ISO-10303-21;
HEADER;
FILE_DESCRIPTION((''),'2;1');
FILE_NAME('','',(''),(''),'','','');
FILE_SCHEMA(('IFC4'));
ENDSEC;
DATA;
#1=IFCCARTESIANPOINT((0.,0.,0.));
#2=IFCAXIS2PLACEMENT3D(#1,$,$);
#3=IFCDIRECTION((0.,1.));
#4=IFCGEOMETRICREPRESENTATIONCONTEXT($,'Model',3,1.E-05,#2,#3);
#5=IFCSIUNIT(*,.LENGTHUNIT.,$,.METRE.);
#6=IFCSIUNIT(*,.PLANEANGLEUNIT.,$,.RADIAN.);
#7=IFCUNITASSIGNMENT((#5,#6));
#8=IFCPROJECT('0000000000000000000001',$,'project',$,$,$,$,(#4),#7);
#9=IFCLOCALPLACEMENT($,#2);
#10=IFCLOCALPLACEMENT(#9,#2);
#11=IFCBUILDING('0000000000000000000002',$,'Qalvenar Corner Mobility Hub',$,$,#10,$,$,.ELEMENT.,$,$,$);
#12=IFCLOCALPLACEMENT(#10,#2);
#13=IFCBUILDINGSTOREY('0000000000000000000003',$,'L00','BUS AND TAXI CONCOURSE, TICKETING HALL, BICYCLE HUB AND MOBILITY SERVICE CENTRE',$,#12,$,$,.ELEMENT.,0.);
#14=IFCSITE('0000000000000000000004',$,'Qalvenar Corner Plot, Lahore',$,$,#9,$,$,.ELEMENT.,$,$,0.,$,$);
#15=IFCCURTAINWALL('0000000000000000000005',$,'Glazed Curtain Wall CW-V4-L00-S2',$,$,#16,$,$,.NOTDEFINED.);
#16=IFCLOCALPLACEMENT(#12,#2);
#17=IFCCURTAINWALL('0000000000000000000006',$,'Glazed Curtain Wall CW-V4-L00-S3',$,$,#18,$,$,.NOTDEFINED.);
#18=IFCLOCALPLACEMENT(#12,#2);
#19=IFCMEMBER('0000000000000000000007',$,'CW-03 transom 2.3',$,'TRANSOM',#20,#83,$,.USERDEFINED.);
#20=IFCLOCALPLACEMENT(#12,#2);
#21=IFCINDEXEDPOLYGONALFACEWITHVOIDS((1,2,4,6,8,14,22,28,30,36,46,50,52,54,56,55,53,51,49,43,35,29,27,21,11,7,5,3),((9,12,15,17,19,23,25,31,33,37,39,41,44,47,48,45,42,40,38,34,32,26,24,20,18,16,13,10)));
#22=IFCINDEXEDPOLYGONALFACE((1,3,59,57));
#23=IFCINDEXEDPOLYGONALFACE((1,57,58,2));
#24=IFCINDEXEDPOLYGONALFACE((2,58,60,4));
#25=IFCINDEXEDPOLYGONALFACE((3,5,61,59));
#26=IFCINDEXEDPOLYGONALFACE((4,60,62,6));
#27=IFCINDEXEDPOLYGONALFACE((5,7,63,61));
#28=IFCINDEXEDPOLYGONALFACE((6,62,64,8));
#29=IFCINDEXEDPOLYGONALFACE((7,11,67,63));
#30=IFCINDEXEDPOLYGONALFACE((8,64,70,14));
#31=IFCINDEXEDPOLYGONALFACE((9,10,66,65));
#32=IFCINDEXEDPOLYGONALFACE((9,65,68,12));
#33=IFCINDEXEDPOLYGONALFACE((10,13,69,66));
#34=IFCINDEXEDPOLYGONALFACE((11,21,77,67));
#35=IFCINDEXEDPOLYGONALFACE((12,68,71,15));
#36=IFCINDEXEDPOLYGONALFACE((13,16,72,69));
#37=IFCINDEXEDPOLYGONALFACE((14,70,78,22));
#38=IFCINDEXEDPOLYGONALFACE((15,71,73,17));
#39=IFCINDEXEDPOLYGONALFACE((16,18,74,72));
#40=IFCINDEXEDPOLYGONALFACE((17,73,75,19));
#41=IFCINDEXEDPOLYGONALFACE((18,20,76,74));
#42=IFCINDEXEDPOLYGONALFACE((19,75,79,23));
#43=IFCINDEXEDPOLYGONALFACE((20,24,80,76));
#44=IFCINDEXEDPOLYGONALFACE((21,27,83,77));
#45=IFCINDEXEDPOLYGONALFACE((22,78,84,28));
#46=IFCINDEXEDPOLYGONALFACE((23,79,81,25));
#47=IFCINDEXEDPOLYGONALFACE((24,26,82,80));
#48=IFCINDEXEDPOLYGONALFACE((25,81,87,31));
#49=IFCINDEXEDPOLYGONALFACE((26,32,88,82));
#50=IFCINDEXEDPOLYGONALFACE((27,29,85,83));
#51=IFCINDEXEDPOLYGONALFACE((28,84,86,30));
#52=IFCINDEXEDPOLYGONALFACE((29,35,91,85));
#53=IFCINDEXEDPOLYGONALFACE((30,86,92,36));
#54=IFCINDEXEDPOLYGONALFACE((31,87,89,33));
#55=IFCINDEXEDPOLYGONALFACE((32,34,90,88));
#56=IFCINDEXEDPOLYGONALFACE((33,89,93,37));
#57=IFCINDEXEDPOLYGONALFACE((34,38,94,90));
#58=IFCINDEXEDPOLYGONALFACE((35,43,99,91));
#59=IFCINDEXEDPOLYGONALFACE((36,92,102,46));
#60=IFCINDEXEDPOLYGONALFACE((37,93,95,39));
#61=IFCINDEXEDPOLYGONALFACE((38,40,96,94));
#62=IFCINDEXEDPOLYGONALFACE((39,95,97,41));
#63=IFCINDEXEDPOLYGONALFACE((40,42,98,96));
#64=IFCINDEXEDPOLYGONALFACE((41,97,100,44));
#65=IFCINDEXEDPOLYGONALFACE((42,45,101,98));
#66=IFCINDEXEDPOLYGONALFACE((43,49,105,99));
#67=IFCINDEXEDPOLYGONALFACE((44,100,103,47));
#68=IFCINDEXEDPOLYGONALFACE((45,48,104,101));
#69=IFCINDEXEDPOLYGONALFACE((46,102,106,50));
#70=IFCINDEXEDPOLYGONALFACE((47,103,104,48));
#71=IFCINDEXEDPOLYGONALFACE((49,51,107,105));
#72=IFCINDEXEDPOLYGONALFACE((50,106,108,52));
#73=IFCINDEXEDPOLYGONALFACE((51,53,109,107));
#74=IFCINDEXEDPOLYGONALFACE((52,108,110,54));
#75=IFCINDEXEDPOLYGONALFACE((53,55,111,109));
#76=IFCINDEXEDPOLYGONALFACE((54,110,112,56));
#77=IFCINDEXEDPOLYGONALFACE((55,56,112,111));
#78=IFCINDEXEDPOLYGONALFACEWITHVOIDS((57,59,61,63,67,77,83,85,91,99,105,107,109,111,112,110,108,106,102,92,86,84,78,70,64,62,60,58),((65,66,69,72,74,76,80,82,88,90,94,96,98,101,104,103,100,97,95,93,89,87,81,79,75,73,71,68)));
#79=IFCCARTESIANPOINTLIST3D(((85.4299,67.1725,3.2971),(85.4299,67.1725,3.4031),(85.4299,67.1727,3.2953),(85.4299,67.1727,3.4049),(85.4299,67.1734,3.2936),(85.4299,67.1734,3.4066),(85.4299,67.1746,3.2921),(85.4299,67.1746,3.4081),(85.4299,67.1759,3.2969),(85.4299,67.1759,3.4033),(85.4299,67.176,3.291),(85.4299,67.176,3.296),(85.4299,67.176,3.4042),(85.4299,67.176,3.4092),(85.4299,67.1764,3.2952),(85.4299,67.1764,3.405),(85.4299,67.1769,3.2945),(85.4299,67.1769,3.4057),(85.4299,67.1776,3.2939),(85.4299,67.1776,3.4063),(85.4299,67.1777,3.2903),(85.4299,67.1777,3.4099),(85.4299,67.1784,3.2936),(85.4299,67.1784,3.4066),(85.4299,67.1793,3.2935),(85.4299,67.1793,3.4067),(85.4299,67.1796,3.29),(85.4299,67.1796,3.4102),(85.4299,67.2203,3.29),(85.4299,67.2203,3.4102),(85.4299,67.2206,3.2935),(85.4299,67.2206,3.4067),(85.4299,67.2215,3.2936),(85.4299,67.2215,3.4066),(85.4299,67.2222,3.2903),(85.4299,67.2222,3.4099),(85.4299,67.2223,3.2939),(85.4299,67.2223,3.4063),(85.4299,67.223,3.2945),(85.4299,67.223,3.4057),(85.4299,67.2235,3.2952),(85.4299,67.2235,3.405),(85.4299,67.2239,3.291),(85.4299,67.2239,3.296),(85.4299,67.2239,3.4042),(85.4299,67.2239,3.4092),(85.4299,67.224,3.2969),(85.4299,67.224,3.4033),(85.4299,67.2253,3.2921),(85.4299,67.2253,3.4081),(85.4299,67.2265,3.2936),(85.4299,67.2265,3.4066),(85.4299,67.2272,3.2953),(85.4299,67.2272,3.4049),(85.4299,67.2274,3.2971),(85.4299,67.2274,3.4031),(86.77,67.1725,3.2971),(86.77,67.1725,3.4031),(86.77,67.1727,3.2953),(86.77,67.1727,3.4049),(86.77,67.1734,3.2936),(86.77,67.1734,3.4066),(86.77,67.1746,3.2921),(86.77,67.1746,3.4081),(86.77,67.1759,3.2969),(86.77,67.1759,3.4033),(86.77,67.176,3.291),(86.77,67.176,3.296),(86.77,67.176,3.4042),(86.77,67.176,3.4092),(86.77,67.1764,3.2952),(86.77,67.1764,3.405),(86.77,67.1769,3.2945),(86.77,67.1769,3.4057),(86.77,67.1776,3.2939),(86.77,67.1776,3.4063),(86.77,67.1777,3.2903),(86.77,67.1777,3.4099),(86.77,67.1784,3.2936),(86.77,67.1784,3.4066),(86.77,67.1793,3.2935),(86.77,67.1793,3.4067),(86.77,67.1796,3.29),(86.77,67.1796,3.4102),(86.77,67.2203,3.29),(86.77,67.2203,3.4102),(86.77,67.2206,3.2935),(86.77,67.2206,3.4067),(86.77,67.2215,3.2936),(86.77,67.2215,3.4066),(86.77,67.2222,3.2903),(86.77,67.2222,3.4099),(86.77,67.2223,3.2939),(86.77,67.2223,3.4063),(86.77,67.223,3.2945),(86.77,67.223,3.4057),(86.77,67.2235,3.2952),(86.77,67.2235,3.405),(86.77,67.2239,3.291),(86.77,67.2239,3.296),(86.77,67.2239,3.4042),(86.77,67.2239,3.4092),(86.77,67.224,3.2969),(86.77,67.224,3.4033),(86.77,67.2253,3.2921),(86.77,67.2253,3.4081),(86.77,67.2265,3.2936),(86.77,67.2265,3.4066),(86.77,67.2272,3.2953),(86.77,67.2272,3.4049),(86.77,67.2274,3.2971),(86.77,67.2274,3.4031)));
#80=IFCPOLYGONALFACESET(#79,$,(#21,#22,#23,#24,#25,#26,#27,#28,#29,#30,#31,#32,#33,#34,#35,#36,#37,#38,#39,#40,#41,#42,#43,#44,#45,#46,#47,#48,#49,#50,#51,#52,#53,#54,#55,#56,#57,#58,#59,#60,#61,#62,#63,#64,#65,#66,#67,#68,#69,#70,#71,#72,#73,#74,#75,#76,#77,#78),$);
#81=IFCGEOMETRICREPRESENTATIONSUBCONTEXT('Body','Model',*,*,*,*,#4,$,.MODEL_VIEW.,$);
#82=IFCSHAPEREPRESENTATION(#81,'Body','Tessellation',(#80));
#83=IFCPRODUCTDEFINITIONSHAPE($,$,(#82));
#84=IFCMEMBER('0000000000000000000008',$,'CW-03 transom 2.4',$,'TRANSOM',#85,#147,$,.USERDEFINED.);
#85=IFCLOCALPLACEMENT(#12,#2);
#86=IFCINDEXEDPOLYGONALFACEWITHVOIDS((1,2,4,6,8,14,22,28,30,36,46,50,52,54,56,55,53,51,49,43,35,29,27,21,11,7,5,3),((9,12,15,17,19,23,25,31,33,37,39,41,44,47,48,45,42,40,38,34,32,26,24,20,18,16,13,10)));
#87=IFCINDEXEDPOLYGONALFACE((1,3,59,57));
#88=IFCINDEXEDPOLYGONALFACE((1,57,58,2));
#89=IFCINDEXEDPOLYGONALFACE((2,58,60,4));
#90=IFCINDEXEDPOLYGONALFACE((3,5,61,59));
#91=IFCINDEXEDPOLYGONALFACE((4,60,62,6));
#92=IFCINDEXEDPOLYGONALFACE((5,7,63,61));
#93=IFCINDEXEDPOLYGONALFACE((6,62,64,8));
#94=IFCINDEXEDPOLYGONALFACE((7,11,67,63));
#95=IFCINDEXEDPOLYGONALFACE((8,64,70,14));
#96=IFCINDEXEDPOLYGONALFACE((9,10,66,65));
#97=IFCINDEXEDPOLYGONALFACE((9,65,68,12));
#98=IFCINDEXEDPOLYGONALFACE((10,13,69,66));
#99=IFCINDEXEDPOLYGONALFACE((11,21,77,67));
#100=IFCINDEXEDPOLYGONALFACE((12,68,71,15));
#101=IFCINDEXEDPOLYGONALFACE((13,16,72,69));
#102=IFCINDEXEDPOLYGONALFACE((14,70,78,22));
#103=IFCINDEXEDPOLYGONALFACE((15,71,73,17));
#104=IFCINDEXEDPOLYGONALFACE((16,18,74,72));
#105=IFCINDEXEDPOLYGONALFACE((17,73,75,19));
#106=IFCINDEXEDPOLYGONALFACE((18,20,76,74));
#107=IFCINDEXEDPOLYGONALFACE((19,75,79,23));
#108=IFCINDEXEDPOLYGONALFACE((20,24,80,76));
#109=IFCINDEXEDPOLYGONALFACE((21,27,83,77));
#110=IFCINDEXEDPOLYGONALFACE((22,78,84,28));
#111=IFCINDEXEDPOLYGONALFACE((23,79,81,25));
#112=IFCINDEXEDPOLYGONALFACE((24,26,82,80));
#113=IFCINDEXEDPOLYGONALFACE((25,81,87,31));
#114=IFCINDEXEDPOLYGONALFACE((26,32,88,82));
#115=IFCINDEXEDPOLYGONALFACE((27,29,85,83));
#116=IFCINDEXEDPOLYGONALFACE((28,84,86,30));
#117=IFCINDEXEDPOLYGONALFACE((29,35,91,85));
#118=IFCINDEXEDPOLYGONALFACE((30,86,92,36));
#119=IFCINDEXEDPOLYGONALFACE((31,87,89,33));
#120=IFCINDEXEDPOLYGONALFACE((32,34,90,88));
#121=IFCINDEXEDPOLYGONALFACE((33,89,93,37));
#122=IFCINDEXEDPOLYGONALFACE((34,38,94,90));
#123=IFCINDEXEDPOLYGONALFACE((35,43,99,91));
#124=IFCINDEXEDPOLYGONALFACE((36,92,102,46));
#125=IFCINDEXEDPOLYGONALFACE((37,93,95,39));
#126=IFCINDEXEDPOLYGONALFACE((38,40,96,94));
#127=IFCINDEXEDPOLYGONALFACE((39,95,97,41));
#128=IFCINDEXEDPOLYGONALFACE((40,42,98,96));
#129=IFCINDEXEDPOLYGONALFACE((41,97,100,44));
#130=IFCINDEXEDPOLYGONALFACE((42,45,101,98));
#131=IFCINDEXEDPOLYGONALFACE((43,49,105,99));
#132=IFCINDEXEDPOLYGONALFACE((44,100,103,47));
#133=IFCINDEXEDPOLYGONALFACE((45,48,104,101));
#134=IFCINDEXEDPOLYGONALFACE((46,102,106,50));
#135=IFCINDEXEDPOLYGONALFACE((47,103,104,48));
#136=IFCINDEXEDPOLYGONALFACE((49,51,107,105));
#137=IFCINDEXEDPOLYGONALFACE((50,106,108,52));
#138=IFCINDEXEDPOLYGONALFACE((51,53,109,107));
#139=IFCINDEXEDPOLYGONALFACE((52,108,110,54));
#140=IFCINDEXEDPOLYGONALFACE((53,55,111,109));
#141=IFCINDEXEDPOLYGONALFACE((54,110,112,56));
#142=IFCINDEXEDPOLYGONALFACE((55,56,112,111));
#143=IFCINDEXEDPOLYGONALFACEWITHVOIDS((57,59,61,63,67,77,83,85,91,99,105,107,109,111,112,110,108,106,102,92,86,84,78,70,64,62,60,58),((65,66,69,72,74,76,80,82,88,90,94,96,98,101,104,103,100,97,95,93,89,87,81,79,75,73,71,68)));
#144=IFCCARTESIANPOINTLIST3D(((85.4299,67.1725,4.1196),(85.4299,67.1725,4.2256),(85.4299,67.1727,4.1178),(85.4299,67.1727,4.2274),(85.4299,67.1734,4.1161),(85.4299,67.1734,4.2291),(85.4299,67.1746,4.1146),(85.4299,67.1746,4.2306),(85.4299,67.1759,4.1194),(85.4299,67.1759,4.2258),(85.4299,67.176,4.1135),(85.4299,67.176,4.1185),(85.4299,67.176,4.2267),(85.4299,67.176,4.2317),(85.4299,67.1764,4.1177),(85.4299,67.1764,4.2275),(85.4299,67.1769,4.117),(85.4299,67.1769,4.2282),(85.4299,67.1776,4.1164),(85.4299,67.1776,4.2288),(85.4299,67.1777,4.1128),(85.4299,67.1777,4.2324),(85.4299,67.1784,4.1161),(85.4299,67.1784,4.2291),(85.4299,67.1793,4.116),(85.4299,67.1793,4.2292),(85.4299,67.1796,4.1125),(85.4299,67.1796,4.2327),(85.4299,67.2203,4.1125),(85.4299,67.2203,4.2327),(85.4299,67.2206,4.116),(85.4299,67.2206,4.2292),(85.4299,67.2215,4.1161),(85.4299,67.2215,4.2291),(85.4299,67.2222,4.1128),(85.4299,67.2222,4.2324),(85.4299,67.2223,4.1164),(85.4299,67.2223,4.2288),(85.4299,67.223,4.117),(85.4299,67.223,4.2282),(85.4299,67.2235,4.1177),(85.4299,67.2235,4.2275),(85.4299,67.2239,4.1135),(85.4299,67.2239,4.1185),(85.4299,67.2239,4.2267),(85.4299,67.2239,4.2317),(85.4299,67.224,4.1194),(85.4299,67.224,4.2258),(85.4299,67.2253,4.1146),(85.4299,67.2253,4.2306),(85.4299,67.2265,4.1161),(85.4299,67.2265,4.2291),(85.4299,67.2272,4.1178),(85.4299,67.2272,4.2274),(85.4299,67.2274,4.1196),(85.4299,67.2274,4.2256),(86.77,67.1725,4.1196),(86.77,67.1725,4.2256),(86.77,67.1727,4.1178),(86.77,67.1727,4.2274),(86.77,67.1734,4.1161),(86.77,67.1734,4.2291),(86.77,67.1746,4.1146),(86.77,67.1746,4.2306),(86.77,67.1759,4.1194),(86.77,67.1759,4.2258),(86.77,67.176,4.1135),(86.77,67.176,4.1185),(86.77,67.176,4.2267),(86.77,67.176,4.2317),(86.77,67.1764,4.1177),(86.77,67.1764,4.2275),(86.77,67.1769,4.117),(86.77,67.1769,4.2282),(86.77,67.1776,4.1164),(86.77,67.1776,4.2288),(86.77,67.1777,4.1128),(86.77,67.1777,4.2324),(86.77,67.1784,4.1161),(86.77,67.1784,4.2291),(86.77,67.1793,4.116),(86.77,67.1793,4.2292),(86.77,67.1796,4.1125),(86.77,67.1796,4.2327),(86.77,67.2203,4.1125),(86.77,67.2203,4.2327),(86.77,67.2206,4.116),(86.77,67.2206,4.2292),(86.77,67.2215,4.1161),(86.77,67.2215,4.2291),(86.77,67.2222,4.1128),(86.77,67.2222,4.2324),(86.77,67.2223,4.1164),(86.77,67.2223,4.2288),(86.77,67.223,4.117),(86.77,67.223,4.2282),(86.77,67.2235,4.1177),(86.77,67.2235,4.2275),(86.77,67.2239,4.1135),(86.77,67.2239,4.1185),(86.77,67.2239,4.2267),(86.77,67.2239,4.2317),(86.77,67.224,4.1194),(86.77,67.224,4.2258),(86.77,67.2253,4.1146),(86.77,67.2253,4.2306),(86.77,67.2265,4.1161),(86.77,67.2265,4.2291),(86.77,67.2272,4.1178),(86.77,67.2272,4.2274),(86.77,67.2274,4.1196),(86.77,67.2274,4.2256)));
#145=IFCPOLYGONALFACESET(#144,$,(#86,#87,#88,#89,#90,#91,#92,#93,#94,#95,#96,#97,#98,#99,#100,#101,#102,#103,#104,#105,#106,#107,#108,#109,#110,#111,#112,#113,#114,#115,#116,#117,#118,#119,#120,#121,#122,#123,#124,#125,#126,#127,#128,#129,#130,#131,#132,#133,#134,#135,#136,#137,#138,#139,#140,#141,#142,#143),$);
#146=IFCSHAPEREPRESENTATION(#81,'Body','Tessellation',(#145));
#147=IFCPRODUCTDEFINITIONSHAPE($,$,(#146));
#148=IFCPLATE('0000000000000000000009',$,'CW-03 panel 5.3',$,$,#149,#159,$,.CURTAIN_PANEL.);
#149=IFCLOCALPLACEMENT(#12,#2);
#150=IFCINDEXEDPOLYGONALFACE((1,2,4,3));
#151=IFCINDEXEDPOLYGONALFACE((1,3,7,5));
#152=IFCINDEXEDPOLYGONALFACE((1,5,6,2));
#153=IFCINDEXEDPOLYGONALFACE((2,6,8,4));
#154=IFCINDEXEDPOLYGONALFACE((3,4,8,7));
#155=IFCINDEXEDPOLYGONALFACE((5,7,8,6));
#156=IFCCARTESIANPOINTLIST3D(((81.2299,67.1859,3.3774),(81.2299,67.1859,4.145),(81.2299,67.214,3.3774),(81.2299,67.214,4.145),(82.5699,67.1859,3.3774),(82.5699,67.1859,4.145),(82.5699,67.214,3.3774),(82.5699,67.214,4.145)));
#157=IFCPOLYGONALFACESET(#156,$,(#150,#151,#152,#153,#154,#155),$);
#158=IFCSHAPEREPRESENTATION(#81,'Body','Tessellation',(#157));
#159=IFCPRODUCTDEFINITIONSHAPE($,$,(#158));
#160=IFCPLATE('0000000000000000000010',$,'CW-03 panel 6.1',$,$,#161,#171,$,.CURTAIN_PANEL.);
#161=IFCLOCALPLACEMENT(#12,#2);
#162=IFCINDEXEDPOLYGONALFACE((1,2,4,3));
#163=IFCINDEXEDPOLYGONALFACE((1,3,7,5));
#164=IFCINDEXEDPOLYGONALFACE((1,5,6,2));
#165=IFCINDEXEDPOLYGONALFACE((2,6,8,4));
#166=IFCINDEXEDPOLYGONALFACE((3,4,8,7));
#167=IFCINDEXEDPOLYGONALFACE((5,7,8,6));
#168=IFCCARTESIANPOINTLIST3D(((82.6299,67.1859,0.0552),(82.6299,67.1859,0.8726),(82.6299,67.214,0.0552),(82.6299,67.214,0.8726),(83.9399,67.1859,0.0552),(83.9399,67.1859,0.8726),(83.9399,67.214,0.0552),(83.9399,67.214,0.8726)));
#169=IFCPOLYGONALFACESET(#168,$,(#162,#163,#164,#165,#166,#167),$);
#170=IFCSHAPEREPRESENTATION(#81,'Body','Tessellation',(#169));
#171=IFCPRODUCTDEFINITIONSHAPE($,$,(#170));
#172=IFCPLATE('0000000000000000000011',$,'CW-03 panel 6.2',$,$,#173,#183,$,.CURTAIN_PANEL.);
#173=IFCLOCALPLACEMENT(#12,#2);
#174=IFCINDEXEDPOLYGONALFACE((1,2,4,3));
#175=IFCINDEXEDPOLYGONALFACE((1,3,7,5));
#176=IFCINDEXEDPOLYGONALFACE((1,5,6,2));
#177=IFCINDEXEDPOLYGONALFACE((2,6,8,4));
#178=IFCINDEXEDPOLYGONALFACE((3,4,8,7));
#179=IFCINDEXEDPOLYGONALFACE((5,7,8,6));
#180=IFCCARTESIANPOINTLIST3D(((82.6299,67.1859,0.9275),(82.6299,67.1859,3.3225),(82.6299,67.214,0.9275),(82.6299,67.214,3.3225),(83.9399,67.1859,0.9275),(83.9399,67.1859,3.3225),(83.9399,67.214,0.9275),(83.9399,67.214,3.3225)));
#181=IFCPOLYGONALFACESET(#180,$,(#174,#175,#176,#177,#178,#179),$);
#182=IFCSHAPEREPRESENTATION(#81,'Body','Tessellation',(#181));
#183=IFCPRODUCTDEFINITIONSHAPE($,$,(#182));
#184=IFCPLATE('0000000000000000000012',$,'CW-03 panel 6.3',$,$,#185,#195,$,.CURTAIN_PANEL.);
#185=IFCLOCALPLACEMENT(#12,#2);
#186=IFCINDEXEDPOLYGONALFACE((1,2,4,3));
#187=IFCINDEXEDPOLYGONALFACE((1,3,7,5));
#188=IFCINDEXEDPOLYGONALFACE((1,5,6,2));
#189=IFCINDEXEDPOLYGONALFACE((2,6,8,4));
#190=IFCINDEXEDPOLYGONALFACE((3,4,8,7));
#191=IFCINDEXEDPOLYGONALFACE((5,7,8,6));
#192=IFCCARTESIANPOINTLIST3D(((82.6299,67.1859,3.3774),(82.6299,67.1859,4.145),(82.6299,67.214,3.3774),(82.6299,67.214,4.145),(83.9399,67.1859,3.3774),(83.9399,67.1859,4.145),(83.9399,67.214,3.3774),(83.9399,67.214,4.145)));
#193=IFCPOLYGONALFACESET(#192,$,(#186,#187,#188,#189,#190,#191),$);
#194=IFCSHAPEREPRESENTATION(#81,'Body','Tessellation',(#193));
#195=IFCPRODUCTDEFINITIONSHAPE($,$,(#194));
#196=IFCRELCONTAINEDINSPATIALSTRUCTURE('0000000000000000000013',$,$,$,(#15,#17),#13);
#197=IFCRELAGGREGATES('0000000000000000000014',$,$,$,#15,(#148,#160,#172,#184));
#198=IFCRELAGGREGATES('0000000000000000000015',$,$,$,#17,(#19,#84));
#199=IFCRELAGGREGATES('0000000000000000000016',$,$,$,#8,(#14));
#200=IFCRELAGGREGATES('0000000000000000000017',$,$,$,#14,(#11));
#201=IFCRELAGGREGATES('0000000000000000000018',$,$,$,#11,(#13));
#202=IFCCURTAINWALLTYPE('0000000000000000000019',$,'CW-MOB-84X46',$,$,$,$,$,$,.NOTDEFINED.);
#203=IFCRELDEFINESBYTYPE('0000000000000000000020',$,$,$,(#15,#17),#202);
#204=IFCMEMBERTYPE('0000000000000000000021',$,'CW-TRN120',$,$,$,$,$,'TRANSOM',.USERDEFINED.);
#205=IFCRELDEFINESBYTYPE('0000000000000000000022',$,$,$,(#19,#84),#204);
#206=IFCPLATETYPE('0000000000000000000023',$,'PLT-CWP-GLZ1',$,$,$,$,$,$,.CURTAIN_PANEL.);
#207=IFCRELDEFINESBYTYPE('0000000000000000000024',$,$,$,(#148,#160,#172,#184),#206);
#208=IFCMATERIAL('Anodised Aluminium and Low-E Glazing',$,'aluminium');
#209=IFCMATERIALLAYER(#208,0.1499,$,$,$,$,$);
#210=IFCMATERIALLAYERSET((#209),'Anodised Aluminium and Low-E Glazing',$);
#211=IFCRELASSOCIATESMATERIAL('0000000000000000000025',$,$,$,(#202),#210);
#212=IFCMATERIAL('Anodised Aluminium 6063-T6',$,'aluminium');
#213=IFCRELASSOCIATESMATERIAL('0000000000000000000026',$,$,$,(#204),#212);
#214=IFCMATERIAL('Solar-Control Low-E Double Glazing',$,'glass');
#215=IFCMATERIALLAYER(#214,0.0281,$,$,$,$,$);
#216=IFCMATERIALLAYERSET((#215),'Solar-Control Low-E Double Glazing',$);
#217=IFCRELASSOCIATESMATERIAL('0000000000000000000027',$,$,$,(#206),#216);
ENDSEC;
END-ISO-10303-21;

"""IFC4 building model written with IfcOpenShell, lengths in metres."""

from ifc_helpers import new_model, si_unit, direction, frame, origin, origin_2d, place, context, subcontext, project, spatial, rectangle, hollow_rectangle, extrude, material, layer, layer_set, material_profile, profile_set, type_object, element, aggregate, save


model = new_model("IFC4")

# Units and contexts
model_context = context("Model", 3, precision=1e-05, world=origin(), true_north=direction((0.0, 1.0)))
body_context = subcontext(model_context, "Body", "Model", "MODEL_VIEW")
ifc_project = project(units=[si_unit("LENGTHUNIT", "METRE"), si_unit("PLANEANGLEUNIT", "RADIAN")], contexts=[model_context])

# Site, building, storey
site_placement = place(None, origin())
site = spatial("IfcSite", under=ifc_project, at=site_placement, Name="Qalvenar Corner Plot, Lahore", CompositionType="ELEMENT", RefElevation=0.0)
building_placement = place(site_placement, origin())
building = spatial("IfcBuilding", under=site, at=building_placement, Name="Qalvenar Corner Mobility Hub", CompositionType="ELEMENT")
storey_placement = place(building_placement, origin())
storey = spatial("IfcBuildingStorey", under=building, at=storey_placement, Name="L00", Description="BUS AND TAXI CONCOURSE, TICKETING HALL, BICYCLE HUB AND MOBILITY SERVICE CENTRE", CompositionType="ELEMENT", Elevation=0.0)

# Curtain walls
ifc_material_1 = material(Name="Anodised Aluminium and Low-E Glazing", Category="aluminium")
ifc_layer_1 = layer(ifc_material_1, 0.1499)
ifc_layer_set_1 = layer_set([ifc_layer_1], Name="Anodised Aluminium and Low-E Glazing")
curtain_wall_type = type_object("IfcCurtainWallType", Name="CW-MOB-84X46", PredefinedType="NOTDEFINED", material=ifc_layer_set_1)
curtain_wall_1_placement = place(storey_placement, origin())
curtain_wall_1 = element("IfcCurtainWall", 1, at=curtain_wall_1_placement, inside=storey, type_object=curtain_wall_type, Name="Glazed Curtain Wall CW-V4-L00-S2", PredefinedType="NOTDEFINED")
ifc_material_2 = material(Name="Anodised Aluminium 6063-T6", Category="aluminium")
curtain_wall_2_placement = place(storey_placement, origin())
curtain_wall_2 = element("IfcCurtainWall", 2, at=curtain_wall_2_placement, inside=storey, type_object=curtain_wall_type, Name="Glazed Curtain Wall CW-V4-L00-S3", PredefinedType="NOTDEFINED")

# Members
ifc_material_profile_1 = material_profile(ifc_material_2, hollow_rectangle(XDim=0.0549, YDim=0.1201, WallThickness=0.0034, InnerFilletRadius=0.0034, OuterFilletRadius=0.0071, at=origin_2d()), Name="RHS120x55x3.5")
ifc_profile_set_1 = profile_set([ifc_material_profile_1], Name="Anodised Aluminium 6063-T6")
member_type_1 = type_object("IfcMemberType", Name="CW-TRN120", ElementType="TRANSOM", PredefinedType="USERDEFINED", material=ifc_profile_set_1)
member_1_placement = place(storey_placement, frame((85.4299, 67.2, 3.3501), z_axis=(1.0, 0.0, 0.0), x_axis=(0.0, 1.0, 0.0)))
member_1 = element("IfcMember", 3, at=member_1_placement, type_object=member_type_1, Name="CW-03 transom 2.3", ObjectType="TRANSOM", PredefinedType="USERDEFINED", context=body_context, shape_type="SweptSolid", body=[
    extrude(hollow_rectangle(XDim=0.0549, YDim=0.1201, WallThickness=0.0034, InnerFilletRadius=0.0034, OuterFilletRadius=0.0071, at=origin_2d()), origin(), (0.0, 0.0, 1.0), 1.3401),
])
member_2_placement = place(storey_placement, frame((85.4299, 67.2, 4.1726), z_axis=(1.0, 0.0, 0.0), x_axis=(0.0, 1.0, 0.0)))
member_2 = element("IfcMember", 4, at=member_2_placement, type_object=member_type_1, Name="CW-03 transom 2.4", ObjectType="TRANSOM", PredefinedType="USERDEFINED", context=body_context, shape_type="SweptSolid", body=[
    extrude(hollow_rectangle(XDim=0.0549, YDim=0.1201, WallThickness=0.0034, InnerFilletRadius=0.0034, OuterFilletRadius=0.0071, at=origin_2d()), origin(), (0.0, 0.0, 1.0), 1.3401),
])

# Plates
ifc_material_3 = material(Name="Solar-Control Low-E Double Glazing", Category="glass")
ifc_layer_2 = layer(ifc_material_3, 0.0281)
ifc_layer_set_2 = layer_set([ifc_layer_2], Name="Solar-Control Low-E Double Glazing")
plate_type = type_object("IfcPlateType", Name="PLT-CWP-GLZ1", PredefinedType="CURTAIN_PANEL", material=ifc_layer_set_2)
plate_1_placement = place(storey_placement, frame((81.8999, 67.2, 3.3774), z_axis=(0.0, 0.0, 1.0), x_axis=(1.0, 0.0, 0.0)))
plate_1 = element("IfcPlate", 5, at=plate_1_placement, type_object=plate_type, Name="CW-03 panel 5.3", PredefinedType="CURTAIN_PANEL", context=body_context, shape_type="SweptSolid", body=[
    extrude(rectangle(XDim=1.3401, YDim=0.0281, at=origin_2d()), origin(), (0.0, 0.0, 1.0), 0.7676),
])
plate_2_placement = place(storey_placement, frame((83.2849, 67.2, 0.0552), z_axis=(0.0, 0.0, 1.0), x_axis=(1.0, 0.0, 0.0)))
plate_2 = element("IfcPlate", 6, at=plate_2_placement, type_object=plate_type, Name="CW-03 panel 6.1", PredefinedType="CURTAIN_PANEL", context=body_context, shape_type="SweptSolid", body=[
    extrude(rectangle(XDim=1.3101, YDim=0.0281, at=origin_2d()), origin(), (0.0, 0.0, 1.0), 0.8174),
])
plate_3_placement = place(storey_placement, frame((83.2849, 67.2, 0.9275), z_axis=(0.0, 0.0, 1.0), x_axis=(1.0, 0.0, 0.0)))
plate_3 = element("IfcPlate", 7, at=plate_3_placement, type_object=plate_type, Name="CW-03 panel 6.2", PredefinedType="CURTAIN_PANEL", context=body_context, shape_type="SweptSolid", body=[
    extrude(rectangle(XDim=1.3101, YDim=0.0281, at=origin_2d()), origin(), (0.0, 0.0, 1.0), 2.395),
])
plate_4_placement = place(storey_placement, frame((83.2849, 67.2, 3.3774), z_axis=(0.0, 0.0, 1.0), x_axis=(1.0, 0.0, 0.0)))
plate_4 = element("IfcPlate", 8, at=plate_4_placement, type_object=plate_type, Name="CW-03 panel 6.3", PredefinedType="CURTAIN_PANEL", context=body_context, shape_type="SweptSolid", body=[
    extrude(rectangle(XDim=1.3101, YDim=0.0281, at=origin_2d()), origin(), (0.0, 0.0, 1.0), 0.7676),
])
aggregate(curtain_wall_1, [plate_1, plate_2, plate_3, plate_4])
aggregate(curtain_wall_2, [member_1, member_2])

save(model, "model.ifc")
